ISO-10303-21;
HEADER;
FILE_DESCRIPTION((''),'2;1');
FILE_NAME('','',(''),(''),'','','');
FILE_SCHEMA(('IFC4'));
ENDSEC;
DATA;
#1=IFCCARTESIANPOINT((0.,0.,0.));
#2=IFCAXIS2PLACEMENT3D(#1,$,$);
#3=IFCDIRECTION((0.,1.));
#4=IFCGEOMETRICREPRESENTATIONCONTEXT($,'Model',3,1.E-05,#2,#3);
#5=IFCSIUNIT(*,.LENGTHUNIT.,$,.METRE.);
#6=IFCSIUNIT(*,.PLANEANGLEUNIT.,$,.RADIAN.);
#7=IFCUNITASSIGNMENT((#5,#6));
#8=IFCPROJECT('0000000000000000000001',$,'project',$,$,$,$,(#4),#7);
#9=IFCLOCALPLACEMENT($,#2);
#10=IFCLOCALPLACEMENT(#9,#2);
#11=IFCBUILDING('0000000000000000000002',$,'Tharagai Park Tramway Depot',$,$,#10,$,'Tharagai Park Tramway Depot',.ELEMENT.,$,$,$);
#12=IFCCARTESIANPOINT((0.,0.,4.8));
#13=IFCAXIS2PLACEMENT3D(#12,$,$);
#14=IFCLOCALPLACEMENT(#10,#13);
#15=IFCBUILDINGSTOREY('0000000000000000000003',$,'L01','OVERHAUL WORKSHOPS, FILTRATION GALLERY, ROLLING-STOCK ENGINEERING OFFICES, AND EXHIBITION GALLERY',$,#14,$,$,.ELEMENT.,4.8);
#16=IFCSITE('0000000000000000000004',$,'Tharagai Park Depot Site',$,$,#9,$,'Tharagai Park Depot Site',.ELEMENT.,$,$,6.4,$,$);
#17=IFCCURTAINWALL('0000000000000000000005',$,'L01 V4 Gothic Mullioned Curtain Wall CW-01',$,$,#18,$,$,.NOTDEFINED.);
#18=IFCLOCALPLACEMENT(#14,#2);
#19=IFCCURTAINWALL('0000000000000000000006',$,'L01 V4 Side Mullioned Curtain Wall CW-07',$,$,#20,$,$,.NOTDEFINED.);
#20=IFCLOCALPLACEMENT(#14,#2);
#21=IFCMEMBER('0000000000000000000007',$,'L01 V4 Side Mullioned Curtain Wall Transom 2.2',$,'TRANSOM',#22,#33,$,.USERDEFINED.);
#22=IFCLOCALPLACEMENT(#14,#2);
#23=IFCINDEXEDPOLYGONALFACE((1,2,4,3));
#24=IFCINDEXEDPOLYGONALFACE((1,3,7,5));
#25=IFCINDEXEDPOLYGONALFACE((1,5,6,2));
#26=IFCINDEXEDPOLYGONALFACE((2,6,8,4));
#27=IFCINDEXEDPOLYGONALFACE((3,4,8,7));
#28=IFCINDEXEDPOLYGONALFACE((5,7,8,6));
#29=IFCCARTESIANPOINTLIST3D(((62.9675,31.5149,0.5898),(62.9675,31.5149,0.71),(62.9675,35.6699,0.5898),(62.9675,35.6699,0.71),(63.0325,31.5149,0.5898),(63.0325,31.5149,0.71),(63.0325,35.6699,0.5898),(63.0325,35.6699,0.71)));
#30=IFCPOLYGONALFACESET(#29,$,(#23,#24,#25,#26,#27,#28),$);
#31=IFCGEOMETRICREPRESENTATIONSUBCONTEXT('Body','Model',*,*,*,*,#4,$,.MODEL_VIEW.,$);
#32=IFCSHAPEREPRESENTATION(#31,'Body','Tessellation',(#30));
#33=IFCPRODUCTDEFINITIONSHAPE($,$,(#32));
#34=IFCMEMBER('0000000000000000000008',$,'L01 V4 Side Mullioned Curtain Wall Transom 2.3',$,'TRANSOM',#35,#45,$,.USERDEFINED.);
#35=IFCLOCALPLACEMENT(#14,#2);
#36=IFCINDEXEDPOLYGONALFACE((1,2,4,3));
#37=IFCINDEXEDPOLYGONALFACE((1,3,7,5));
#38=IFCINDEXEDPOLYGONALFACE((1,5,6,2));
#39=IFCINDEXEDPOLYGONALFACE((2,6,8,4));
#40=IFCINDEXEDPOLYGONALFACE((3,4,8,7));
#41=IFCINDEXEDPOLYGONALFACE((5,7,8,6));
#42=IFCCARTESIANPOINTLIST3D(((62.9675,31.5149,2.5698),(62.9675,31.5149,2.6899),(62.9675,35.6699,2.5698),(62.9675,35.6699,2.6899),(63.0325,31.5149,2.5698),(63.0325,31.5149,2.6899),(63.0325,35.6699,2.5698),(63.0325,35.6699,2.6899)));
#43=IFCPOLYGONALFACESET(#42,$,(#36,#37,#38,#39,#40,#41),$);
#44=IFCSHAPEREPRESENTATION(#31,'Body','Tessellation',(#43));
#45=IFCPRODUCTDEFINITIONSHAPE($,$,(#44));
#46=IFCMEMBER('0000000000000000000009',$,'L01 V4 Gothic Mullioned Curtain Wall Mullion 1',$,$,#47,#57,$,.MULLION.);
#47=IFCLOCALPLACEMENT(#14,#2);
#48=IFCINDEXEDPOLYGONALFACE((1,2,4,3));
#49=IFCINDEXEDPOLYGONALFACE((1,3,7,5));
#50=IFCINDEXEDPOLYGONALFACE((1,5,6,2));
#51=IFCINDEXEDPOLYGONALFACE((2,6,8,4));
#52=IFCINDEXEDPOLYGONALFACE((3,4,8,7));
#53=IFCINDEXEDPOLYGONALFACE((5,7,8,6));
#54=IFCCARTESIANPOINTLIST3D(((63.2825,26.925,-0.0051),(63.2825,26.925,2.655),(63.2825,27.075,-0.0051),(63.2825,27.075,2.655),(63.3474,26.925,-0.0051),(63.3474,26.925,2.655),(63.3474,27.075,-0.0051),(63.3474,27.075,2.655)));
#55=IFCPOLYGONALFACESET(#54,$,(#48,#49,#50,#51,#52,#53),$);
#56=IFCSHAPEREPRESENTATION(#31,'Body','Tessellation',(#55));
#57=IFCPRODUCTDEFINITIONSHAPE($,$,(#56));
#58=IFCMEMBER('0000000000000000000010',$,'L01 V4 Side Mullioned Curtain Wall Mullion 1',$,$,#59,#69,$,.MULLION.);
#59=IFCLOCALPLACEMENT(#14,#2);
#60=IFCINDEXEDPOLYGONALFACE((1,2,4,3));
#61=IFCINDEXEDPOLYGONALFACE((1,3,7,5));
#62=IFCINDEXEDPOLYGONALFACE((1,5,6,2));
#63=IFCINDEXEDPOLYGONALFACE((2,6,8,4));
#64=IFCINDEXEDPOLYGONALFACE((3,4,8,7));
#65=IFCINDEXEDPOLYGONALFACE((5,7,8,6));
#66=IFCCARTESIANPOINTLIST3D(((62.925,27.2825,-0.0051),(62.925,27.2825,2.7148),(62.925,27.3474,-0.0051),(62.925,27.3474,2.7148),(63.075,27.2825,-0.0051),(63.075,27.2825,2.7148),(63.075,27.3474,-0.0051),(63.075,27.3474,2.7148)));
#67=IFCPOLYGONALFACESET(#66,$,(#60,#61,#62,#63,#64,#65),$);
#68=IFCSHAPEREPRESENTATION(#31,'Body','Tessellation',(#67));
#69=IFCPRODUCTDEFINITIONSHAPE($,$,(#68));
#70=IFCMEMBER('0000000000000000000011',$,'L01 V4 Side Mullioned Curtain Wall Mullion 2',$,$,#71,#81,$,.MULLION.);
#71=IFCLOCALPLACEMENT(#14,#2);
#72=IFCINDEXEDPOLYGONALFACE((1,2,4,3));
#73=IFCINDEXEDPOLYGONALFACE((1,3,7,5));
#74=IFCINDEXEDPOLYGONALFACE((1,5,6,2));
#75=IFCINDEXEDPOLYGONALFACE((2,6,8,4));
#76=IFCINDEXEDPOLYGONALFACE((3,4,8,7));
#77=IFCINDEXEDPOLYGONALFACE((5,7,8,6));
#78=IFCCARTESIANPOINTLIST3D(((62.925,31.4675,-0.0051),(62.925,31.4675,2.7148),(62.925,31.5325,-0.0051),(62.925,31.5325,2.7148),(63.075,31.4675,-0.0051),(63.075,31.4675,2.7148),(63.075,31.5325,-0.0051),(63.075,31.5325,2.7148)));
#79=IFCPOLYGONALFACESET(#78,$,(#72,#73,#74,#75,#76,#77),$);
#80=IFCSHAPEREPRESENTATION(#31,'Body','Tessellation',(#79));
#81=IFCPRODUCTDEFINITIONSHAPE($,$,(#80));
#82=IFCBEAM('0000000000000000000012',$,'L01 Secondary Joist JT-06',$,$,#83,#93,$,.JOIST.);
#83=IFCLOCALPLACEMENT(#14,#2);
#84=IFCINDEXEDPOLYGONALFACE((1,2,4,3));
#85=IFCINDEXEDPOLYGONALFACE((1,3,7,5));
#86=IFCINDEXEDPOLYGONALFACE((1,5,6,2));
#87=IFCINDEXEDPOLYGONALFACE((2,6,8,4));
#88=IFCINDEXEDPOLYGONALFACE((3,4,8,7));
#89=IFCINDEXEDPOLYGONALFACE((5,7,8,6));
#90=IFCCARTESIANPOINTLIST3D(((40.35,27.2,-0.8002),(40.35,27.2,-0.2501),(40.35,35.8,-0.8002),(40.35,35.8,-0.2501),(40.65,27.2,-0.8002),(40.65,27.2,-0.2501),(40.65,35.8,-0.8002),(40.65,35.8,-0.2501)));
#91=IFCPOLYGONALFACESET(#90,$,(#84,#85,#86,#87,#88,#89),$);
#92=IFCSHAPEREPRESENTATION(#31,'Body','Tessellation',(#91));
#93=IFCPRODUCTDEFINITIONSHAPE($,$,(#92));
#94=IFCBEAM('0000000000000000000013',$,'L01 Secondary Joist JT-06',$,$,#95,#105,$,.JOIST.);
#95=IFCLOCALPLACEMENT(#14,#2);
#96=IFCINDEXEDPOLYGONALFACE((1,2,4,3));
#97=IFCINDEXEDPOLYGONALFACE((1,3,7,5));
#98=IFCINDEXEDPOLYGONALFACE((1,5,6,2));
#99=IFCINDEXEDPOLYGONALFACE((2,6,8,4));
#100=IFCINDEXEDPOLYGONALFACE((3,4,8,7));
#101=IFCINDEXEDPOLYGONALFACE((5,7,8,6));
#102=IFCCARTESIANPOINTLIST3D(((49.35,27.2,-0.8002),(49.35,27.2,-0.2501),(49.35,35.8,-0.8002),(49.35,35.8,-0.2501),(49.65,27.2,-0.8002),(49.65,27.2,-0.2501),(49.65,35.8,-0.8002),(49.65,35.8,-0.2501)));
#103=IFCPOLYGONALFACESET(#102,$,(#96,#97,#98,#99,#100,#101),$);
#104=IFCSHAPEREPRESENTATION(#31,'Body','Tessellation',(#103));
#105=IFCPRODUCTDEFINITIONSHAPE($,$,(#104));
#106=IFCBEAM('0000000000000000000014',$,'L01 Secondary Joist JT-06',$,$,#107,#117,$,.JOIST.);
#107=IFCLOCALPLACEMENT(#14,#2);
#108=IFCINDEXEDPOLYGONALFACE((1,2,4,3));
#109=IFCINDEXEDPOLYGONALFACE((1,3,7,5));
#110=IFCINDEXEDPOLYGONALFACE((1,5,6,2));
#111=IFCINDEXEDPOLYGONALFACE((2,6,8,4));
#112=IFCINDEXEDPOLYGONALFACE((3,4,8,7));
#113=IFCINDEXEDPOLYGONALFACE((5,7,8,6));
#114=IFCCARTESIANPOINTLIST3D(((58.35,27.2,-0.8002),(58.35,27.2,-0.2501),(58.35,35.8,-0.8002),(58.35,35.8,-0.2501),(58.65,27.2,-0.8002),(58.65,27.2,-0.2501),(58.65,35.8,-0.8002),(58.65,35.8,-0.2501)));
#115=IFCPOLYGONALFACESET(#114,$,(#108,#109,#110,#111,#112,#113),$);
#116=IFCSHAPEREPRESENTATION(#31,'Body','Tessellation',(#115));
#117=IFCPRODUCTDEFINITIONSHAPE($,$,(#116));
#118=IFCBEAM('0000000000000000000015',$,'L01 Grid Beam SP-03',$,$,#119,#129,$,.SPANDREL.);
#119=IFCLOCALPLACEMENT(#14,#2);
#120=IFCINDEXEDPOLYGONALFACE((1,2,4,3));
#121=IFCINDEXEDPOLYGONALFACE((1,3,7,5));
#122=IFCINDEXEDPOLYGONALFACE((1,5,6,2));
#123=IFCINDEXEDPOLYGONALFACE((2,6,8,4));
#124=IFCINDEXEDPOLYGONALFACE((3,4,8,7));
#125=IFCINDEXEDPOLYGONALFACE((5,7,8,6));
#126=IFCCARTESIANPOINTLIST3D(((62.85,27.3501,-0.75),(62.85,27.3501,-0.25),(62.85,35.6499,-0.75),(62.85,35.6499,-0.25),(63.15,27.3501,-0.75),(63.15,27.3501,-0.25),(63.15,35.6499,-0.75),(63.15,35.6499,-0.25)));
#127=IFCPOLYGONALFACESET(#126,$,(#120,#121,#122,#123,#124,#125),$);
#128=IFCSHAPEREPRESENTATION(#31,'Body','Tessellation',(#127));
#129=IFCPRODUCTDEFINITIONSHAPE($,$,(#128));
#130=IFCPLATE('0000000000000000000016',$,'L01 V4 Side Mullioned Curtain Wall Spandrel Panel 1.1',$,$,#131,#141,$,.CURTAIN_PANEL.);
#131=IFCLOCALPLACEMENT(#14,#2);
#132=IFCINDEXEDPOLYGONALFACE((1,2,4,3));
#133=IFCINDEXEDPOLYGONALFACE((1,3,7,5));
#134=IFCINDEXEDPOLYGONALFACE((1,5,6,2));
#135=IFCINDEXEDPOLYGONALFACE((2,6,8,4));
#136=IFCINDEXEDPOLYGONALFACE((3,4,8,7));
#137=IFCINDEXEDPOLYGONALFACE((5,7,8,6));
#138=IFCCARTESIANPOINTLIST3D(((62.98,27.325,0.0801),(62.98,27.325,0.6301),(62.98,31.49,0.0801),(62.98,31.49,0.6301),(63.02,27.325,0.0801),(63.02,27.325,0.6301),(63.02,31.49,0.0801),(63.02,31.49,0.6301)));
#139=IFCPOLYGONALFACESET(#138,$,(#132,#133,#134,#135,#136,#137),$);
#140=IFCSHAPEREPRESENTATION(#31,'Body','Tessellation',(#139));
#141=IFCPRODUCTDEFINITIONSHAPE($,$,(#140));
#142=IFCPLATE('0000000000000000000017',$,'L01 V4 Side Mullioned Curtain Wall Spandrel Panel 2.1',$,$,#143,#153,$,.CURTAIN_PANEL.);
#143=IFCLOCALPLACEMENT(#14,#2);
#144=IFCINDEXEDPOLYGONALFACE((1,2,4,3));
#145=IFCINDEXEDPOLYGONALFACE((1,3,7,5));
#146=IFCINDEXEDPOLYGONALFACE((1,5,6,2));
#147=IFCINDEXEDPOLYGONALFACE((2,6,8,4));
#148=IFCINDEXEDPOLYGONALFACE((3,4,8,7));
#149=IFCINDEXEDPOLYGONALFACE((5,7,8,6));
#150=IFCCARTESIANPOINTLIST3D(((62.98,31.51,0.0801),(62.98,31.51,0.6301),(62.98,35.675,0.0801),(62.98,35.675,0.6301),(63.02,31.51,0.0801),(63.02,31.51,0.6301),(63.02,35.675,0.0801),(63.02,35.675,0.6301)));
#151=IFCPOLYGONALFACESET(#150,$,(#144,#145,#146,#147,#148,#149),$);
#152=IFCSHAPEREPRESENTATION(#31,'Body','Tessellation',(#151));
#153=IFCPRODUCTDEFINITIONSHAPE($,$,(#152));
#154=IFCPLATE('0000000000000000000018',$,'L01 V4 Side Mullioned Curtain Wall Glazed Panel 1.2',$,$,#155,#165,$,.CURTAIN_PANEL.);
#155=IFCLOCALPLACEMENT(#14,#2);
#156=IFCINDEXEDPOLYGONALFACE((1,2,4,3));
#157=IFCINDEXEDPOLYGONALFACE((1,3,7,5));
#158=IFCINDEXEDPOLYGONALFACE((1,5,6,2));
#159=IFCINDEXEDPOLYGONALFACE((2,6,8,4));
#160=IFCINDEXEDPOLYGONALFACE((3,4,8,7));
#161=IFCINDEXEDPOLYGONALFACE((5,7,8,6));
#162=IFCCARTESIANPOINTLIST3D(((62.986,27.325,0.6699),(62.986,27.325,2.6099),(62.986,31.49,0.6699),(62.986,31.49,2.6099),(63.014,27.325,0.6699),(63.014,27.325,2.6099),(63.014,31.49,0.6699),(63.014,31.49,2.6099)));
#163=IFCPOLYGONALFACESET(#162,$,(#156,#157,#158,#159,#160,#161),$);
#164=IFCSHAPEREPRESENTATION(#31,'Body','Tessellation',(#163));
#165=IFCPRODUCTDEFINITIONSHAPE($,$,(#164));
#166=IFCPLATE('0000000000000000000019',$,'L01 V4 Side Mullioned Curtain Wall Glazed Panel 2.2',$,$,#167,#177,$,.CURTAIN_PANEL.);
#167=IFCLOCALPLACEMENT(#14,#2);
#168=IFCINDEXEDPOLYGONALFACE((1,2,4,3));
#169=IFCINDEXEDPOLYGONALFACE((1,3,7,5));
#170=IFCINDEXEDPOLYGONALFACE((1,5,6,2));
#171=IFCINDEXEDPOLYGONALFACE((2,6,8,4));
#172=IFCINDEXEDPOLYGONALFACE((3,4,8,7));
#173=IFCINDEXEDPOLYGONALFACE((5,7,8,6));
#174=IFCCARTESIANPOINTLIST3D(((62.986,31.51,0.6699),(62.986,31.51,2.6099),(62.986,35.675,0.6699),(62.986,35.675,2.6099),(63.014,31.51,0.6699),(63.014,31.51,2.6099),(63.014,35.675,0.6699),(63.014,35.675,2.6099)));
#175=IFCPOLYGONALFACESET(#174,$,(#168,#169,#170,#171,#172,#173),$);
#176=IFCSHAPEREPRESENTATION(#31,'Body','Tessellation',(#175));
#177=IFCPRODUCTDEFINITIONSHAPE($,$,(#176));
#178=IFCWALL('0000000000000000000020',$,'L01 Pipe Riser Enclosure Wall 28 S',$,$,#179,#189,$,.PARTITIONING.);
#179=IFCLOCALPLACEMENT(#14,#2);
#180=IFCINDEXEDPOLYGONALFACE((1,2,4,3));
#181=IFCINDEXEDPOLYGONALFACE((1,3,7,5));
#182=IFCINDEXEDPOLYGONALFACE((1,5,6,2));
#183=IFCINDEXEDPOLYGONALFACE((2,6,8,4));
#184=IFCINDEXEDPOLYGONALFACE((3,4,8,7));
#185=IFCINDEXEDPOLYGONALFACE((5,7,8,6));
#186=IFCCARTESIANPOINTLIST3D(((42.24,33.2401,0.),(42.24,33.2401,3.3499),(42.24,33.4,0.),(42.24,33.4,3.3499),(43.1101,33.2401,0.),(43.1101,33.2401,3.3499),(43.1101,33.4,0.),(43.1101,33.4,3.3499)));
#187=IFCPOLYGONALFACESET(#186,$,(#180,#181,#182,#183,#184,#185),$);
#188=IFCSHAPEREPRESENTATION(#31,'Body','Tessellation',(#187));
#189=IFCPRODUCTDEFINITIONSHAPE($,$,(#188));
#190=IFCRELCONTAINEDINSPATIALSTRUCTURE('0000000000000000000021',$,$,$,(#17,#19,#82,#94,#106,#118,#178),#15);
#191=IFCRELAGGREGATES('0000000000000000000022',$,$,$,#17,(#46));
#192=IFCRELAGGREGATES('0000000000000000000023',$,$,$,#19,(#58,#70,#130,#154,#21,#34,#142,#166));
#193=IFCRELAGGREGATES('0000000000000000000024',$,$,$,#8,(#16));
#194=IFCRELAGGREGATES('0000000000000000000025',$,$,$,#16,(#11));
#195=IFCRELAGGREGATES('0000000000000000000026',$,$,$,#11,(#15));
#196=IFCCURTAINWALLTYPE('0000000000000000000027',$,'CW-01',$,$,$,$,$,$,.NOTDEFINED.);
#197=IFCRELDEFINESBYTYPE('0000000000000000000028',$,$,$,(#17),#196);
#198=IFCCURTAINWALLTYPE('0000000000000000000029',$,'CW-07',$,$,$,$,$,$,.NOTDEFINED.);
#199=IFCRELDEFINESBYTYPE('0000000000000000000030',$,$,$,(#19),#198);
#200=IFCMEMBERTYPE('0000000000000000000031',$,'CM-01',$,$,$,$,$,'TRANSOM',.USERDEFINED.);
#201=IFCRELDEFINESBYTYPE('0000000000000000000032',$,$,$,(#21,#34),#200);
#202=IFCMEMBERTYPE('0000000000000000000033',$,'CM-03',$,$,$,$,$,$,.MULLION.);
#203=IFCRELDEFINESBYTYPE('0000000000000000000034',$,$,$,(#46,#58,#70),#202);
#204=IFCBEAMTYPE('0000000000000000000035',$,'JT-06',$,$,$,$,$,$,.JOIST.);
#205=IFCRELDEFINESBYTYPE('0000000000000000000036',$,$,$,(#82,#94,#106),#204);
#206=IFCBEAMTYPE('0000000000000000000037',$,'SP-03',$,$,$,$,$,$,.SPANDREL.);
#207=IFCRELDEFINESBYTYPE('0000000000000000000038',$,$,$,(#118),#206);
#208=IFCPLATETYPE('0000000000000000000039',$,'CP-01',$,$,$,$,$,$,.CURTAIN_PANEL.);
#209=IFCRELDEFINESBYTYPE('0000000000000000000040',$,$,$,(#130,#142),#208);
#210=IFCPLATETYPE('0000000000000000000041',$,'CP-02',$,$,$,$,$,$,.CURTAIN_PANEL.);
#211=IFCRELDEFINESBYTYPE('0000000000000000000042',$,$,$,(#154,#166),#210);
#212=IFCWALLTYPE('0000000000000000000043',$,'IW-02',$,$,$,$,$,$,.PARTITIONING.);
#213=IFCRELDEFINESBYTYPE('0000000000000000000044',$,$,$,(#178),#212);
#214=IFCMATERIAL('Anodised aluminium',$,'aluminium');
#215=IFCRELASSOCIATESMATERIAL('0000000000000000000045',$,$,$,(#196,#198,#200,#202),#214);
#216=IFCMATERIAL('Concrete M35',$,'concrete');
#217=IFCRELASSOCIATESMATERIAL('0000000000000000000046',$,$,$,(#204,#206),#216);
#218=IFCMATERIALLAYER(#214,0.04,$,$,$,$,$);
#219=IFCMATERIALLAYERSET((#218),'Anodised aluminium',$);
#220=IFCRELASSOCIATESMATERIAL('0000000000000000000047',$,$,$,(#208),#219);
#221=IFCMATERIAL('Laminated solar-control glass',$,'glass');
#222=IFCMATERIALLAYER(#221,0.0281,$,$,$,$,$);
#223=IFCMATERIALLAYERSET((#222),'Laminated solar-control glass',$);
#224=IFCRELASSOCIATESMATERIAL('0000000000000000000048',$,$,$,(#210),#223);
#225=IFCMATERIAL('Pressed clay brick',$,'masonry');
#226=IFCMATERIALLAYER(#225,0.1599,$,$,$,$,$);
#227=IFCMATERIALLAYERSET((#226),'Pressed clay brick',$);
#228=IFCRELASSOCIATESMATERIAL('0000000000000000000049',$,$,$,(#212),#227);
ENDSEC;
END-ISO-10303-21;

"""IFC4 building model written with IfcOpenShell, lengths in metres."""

from ifc_helpers import new_model, si_unit, direction, frame, frame_2d, origin, origin_2d, place, context, subcontext, project, spatial, rectangle, extrude, material, layer, layer_set, material_profile, profile_set, type_object, element, aggregate, save


model = new_model("IFC4")

# Units and contexts
model_context = context("Model", 3, precision=1e-05, world=origin(), true_north=direction((0.0, 1.0)))
body_context = subcontext(model_context, "Body", "Model", "MODEL_VIEW")
ifc_project = project(units=[si_unit("LENGTHUNIT", "METRE"), si_unit("PLANEANGLEUNIT", "RADIAN")], contexts=[model_context])

# Site, building, storey
site_placement = place(None, origin())
site = spatial("IfcSite", under=ifc_project, at=site_placement, Name="Tharagai Park Depot Site", LongName="Tharagai Park Depot Site", CompositionType="ELEMENT", RefElevation=6.4)
building_placement = place(site_placement, origin())
building = spatial("IfcBuilding", under=site, at=building_placement, Name="Tharagai Park Tramway Depot", LongName="Tharagai Park Tramway Depot", CompositionType="ELEMENT")
storey_placement = place(building_placement, frame((0.0, 0.0, 4.8)))
storey = spatial("IfcBuildingStorey", under=building, at=storey_placement, Name="L01", Description="OVERHAUL WORKSHOPS, FILTRATION GALLERY, ROLLING-STOCK ENGINEERING OFFICES, AND EXHIBITION GALLERY", CompositionType="ELEMENT", Elevation=4.8)

# Shared definitions
ifc_material_1 = material(Name="Concrete M35", Category="concrete")

# Curtain walls, members
ifc_material_2 = material(Name="Anodised aluminium", Category="aluminium")
curtain_wall_type_1 = type_object("IfcCurtainWallType", Name="CW-01", PredefinedType="NOTDEFINED", material=ifc_material_2)
curtain_wall_1_placement = place(storey_placement, origin())
curtain_wall_1 = element("IfcCurtainWall", 1, at=curtain_wall_1_placement, inside=storey, type_object=curtain_wall_type_1, Name="L01 V4 Gothic Mullioned Curtain Wall CW-01", PredefinedType="NOTDEFINED")
ifc_material_profile_1 = material_profile(ifc_material_2, rectangle(XDim=0.0649, YDim=0.1201, at=origin_2d()), Name="ALU 65x120")
ifc_profile_set_1 = profile_set([ifc_material_profile_1], Name="Anodised aluminium")
member_type_1 = type_object("IfcMemberType", Name="CM-01", ElementType="TRANSOM", PredefinedType="USERDEFINED", material=ifc_profile_set_1)
curtain_wall_type_2 = type_object("IfcCurtainWallType", Name="CW-07", PredefinedType="NOTDEFINED", material=ifc_material_2)
curtain_wall_2_placement = place(storey_placement, origin())
curtain_wall_2 = element("IfcCurtainWall", 2, at=curtain_wall_2_placement, inside=storey, type_object=curtain_wall_type_2, Name="L01 V4 Side Mullioned Curtain Wall CW-07", PredefinedType="NOTDEFINED")
member_1_placement = place(storey_placement, frame((63.0, 31.5149, 0.6499), z_axis=(0.0, 1.0, 0.0), x_axis=(-1.0, 0.0, 0.0)))
member_1 = element("IfcMember", 3, at=member_1_placement, type_object=member_type_1, Name="L01 V4 Side Mullioned Curtain Wall Transom 2.2", ObjectType="TRANSOM", PredefinedType="USERDEFINED", context=body_context, shape_type="SweptSolid", body=[
    extrude(rectangle(XDim=0.0649, YDim=0.1201, at=origin_2d()), origin(), (0.0, 0.0, 1.0), 4.155),
])
member_2_placement = place(storey_placement, frame((63.0, 31.5149, 2.6299), z_axis=(0.0, 1.0, 0.0), x_axis=(-1.0, 0.0, 0.0)))
member_2 = element("IfcMember", 4, at=member_2_placement, type_object=member_type_1, Name="L01 V4 Side Mullioned Curtain Wall Transom 2.3", ObjectType="TRANSOM", PredefinedType="USERDEFINED", context=body_context, shape_type="SweptSolid", body=[
    extrude(rectangle(XDim=0.0649, YDim=0.1201, at=origin_2d()), origin(), (0.0, 0.0, 1.0), 4.155),
])

# Members
ifc_material_profile_2 = material_profile(ifc_material_2, rectangle(XDim=0.0649, YDim=0.1499, at=origin_2d()), Name="ALU 65x150")
ifc_profile_set_2 = profile_set([ifc_material_profile_2], Name="Anodised aluminium")
member_type_2 = type_object("IfcMemberType", Name="CM-03", PredefinedType="MULLION", material=ifc_profile_set_2)
member_3_placement = place(storey_placement, frame((63.3149, 27.0, -0.0051), z_axis=(0.0, 0.0, 1.0), x_axis=(1.0, 0.0, 0.0)))
member_3 = element("IfcMember", 5, at=member_3_placement, type_object=member_type_2, Name="L01 V4 Gothic Mullioned Curtain Wall Mullion 1", PredefinedType="MULLION", context=body_context, shape_type="SweptSolid", body=[
    extrude(rectangle(XDim=0.0649, YDim=0.1499, at=origin_2d()), origin(), (0.0, 0.0, 1.0), 2.6602),
])
aggregate(curtain_wall_1, [member_3])
member_4_placement = place(storey_placement, frame((63.0, 27.3149, -0.0051), z_axis=(0.0, 0.0, 1.0), x_axis=(0.0, 1.0, 0.0)))
member_4 = element("IfcMember", 6, at=member_4_placement, type_object=member_type_2, Name="L01 V4 Side Mullioned Curtain Wall Mullion 1", PredefinedType="MULLION", context=body_context, shape_type="SweptSolid", body=[
    extrude(rectangle(XDim=0.0649, YDim=0.1499, at=origin_2d()), origin(), (0.0, 0.0, 1.0), 2.72),
])
member_5_placement = place(storey_placement, frame((63.0, 31.5, -0.0051), z_axis=(0.0, 0.0, 1.0), x_axis=(0.0, 1.0, 0.0)))
member_5 = element("IfcMember", 7, at=member_5_placement, type_object=member_type_2, Name="L01 V4 Side Mullioned Curtain Wall Mullion 2", PredefinedType="MULLION", context=body_context, shape_type="SweptSolid", body=[
    extrude(rectangle(XDim=0.0649, YDim=0.1499, at=origin_2d()), origin(), (0.0, 0.0, 1.0), 2.72),
])

# Beams
ifc_material_profile_3 = material_profile(ifc_material_1, rectangle(XDim=0.3, YDim=0.55, at=origin_2d()), Name="RC 300x550")
ifc_profile_set_3 = profile_set([ifc_material_profile_3], Name="Concrete M35")
beam_type_1 = type_object("IfcBeamType", Name="JT-06", PredefinedType="JOIST", material=ifc_profile_set_3)
for number, where, z_axis, x_axis, name in (
    (8, (40.5, 27.2, -0.5251), (0.0, 1.0, 0.0), (-1.0, 0.0, 0.0), "L01 Secondary Joist JT-06"),
    (9, (49.5, 27.2, -0.5251), (0.0, 1.0, 0.0), (-1.0, 0.0, 0.0), "L01 Secondary Joist JT-06"),
    (10, (58.5, 27.2, -0.5251), (0.0, 1.0, 0.0), (-1.0, 0.0, 0.0), "L01 Secondary Joist JT-06"),
):
    element("IfcBeam", number, at=place(storey_placement, frame(where, z_axis=z_axis, x_axis=x_axis)), inside=storey, type_object=beam_type_1, Name=name, PredefinedType="JOIST", context=body_context, shape_type="SweptSolid", body=[
        extrude(rectangle(XDim=0.3, YDim=0.55, at=origin_2d()), origin(), (0.0, 0.0, 1.0), 8.6001),
    ])
ifc_material_profile_4 = material_profile(ifc_material_1, rectangle(XDim=0.3, YDim=0.5, at=origin_2d()), Name="RC 300x500")
ifc_profile_set_4 = profile_set([ifc_material_profile_4], Name="Concrete M35")
beam_type_2 = type_object("IfcBeamType", Name="SP-03", PredefinedType="SPANDREL", material=ifc_profile_set_4)
beam_placement = place(storey_placement, frame((63.0, 27.3501, -0.5), z_axis=(0.0, 1.0, 0.0), x_axis=(-1.0, 0.0, 0.0)))
element("IfcBeam", 11, at=beam_placement, inside=storey, type_object=beam_type_2, Name="L01 Grid Beam SP-03", PredefinedType="SPANDREL", context=body_context, shape_type="SweptSolid", body=[
    extrude(rectangle(XDim=0.3, YDim=0.5, at=origin_2d()), origin(), (0.0, 0.0, 1.0), 8.2998),
])

# Plates
ifc_layer_1 = layer(ifc_material_2, 0.04)
ifc_layer_set_1 = layer_set([ifc_layer_1], Name="Anodised aluminium")
plate_type_1 = type_object("IfcPlateType", Name="CP-01", PredefinedType="CURTAIN_PANEL", material=ifc_layer_set_1)
plate_1_placement = place(storey_placement, frame((63.0, 29.4075, 0.0801), z_axis=(0.0, 0.0, 1.0), x_axis=(0.0, 1.0, 0.0)))
plate_1 = element("IfcPlate", 12, at=plate_1_placement, type_object=plate_type_1, Name="L01 V4 Side Mullioned Curtain Wall Spandrel Panel 1.1", PredefinedType="CURTAIN_PANEL", context=body_context, shape_type="SweptSolid", body=[
    extrude(rectangle(XDim=4.165, YDim=0.04, at=origin_2d()), origin(), (0.0, 0.0, 1.0), 0.55),
])
plate_2_placement = place(storey_placement, frame((63.0, 33.5925, 0.0801), z_axis=(0.0, 0.0, 1.0), x_axis=(0.0, 1.0, 0.0)))
plate_2 = element("IfcPlate", 13, at=plate_2_placement, type_object=plate_type_1, Name="L01 V4 Side Mullioned Curtain Wall Spandrel Panel 2.1", PredefinedType="CURTAIN_PANEL", context=body_context, shape_type="SweptSolid", body=[
    extrude(rectangle(XDim=4.165, YDim=0.04, at=origin_2d()), origin(), (0.0, 0.0, 1.0), 0.55),
])
ifc_material_3 = material(Name="Laminated solar-control glass", Category="glass")
ifc_layer_2 = layer(ifc_material_3, 0.0281)
ifc_layer_set_2 = layer_set([ifc_layer_2], Name="Laminated solar-control glass")
plate_type_2 = type_object("IfcPlateType", Name="CP-02", PredefinedType="CURTAIN_PANEL", material=ifc_layer_set_2)
plate_3_placement = place(storey_placement, frame((63.0, 29.4075, 0.6699), z_axis=(0.0, 0.0, 1.0), x_axis=(0.0, 1.0, 0.0)))
plate_3 = element("IfcPlate", 14, at=plate_3_placement, type_object=plate_type_2, Name="L01 V4 Side Mullioned Curtain Wall Glazed Panel 1.2", PredefinedType="CURTAIN_PANEL", context=body_context, shape_type="SweptSolid", body=[
    extrude(rectangle(XDim=4.165, YDim=0.0281, at=origin_2d()), origin(), (0.0, 0.0, 1.0), 1.9399),
])
plate_4_placement = place(storey_placement, frame((63.0, 33.5925, 0.6699), z_axis=(0.0, 0.0, 1.0), x_axis=(0.0, 1.0, 0.0)))
plate_4 = element("IfcPlate", 15, at=plate_4_placement, type_object=plate_type_2, Name="L01 V4 Side Mullioned Curtain Wall Glazed Panel 2.2", PredefinedType="CURTAIN_PANEL", context=body_context, shape_type="SweptSolid", body=[
    extrude(rectangle(XDim=4.165, YDim=0.0281, at=origin_2d()), origin(), (0.0, 0.0, 1.0), 1.9399),
])
aggregate(curtain_wall_2, [member_4, member_5, plate_1, plate_3, member_1, member_2, plate_2, plate_4])

# Wall
ifc_material_4 = material(Name="Pressed clay brick", Category="masonry")
ifc_layer_3 = layer(ifc_material_4, 0.1599)
ifc_layer_set_3 = layer_set([ifc_layer_3], Name="Pressed clay brick")
wall_type_1 = type_object("IfcWallType", Name="IW-02", PredefinedType="PARTITIONING", material=ifc_layer_set_3)
wall_1_placement = place(storey_placement, frame((42.24, 33.3201, 0.0), z_axis=(0.0, 0.0, 1.0), x_axis=(1.0, 0.0, 0.0)))
element("IfcWall", 16, at=wall_1_placement, inside=storey, type_object=wall_type_1, Name="L01 Pipe Riser Enclosure Wall 28 S", PredefinedType="PARTITIONING", context=body_context, shape_type="SweptSolid", body=[
    extrude(rectangle(XDim=0.8701, YDim=0.1599, at=frame_2d((0.4351, 0.0))), origin(), (0.0, 0.0, 1.0), 3.3499),
])

save(model, "model.ifc")
